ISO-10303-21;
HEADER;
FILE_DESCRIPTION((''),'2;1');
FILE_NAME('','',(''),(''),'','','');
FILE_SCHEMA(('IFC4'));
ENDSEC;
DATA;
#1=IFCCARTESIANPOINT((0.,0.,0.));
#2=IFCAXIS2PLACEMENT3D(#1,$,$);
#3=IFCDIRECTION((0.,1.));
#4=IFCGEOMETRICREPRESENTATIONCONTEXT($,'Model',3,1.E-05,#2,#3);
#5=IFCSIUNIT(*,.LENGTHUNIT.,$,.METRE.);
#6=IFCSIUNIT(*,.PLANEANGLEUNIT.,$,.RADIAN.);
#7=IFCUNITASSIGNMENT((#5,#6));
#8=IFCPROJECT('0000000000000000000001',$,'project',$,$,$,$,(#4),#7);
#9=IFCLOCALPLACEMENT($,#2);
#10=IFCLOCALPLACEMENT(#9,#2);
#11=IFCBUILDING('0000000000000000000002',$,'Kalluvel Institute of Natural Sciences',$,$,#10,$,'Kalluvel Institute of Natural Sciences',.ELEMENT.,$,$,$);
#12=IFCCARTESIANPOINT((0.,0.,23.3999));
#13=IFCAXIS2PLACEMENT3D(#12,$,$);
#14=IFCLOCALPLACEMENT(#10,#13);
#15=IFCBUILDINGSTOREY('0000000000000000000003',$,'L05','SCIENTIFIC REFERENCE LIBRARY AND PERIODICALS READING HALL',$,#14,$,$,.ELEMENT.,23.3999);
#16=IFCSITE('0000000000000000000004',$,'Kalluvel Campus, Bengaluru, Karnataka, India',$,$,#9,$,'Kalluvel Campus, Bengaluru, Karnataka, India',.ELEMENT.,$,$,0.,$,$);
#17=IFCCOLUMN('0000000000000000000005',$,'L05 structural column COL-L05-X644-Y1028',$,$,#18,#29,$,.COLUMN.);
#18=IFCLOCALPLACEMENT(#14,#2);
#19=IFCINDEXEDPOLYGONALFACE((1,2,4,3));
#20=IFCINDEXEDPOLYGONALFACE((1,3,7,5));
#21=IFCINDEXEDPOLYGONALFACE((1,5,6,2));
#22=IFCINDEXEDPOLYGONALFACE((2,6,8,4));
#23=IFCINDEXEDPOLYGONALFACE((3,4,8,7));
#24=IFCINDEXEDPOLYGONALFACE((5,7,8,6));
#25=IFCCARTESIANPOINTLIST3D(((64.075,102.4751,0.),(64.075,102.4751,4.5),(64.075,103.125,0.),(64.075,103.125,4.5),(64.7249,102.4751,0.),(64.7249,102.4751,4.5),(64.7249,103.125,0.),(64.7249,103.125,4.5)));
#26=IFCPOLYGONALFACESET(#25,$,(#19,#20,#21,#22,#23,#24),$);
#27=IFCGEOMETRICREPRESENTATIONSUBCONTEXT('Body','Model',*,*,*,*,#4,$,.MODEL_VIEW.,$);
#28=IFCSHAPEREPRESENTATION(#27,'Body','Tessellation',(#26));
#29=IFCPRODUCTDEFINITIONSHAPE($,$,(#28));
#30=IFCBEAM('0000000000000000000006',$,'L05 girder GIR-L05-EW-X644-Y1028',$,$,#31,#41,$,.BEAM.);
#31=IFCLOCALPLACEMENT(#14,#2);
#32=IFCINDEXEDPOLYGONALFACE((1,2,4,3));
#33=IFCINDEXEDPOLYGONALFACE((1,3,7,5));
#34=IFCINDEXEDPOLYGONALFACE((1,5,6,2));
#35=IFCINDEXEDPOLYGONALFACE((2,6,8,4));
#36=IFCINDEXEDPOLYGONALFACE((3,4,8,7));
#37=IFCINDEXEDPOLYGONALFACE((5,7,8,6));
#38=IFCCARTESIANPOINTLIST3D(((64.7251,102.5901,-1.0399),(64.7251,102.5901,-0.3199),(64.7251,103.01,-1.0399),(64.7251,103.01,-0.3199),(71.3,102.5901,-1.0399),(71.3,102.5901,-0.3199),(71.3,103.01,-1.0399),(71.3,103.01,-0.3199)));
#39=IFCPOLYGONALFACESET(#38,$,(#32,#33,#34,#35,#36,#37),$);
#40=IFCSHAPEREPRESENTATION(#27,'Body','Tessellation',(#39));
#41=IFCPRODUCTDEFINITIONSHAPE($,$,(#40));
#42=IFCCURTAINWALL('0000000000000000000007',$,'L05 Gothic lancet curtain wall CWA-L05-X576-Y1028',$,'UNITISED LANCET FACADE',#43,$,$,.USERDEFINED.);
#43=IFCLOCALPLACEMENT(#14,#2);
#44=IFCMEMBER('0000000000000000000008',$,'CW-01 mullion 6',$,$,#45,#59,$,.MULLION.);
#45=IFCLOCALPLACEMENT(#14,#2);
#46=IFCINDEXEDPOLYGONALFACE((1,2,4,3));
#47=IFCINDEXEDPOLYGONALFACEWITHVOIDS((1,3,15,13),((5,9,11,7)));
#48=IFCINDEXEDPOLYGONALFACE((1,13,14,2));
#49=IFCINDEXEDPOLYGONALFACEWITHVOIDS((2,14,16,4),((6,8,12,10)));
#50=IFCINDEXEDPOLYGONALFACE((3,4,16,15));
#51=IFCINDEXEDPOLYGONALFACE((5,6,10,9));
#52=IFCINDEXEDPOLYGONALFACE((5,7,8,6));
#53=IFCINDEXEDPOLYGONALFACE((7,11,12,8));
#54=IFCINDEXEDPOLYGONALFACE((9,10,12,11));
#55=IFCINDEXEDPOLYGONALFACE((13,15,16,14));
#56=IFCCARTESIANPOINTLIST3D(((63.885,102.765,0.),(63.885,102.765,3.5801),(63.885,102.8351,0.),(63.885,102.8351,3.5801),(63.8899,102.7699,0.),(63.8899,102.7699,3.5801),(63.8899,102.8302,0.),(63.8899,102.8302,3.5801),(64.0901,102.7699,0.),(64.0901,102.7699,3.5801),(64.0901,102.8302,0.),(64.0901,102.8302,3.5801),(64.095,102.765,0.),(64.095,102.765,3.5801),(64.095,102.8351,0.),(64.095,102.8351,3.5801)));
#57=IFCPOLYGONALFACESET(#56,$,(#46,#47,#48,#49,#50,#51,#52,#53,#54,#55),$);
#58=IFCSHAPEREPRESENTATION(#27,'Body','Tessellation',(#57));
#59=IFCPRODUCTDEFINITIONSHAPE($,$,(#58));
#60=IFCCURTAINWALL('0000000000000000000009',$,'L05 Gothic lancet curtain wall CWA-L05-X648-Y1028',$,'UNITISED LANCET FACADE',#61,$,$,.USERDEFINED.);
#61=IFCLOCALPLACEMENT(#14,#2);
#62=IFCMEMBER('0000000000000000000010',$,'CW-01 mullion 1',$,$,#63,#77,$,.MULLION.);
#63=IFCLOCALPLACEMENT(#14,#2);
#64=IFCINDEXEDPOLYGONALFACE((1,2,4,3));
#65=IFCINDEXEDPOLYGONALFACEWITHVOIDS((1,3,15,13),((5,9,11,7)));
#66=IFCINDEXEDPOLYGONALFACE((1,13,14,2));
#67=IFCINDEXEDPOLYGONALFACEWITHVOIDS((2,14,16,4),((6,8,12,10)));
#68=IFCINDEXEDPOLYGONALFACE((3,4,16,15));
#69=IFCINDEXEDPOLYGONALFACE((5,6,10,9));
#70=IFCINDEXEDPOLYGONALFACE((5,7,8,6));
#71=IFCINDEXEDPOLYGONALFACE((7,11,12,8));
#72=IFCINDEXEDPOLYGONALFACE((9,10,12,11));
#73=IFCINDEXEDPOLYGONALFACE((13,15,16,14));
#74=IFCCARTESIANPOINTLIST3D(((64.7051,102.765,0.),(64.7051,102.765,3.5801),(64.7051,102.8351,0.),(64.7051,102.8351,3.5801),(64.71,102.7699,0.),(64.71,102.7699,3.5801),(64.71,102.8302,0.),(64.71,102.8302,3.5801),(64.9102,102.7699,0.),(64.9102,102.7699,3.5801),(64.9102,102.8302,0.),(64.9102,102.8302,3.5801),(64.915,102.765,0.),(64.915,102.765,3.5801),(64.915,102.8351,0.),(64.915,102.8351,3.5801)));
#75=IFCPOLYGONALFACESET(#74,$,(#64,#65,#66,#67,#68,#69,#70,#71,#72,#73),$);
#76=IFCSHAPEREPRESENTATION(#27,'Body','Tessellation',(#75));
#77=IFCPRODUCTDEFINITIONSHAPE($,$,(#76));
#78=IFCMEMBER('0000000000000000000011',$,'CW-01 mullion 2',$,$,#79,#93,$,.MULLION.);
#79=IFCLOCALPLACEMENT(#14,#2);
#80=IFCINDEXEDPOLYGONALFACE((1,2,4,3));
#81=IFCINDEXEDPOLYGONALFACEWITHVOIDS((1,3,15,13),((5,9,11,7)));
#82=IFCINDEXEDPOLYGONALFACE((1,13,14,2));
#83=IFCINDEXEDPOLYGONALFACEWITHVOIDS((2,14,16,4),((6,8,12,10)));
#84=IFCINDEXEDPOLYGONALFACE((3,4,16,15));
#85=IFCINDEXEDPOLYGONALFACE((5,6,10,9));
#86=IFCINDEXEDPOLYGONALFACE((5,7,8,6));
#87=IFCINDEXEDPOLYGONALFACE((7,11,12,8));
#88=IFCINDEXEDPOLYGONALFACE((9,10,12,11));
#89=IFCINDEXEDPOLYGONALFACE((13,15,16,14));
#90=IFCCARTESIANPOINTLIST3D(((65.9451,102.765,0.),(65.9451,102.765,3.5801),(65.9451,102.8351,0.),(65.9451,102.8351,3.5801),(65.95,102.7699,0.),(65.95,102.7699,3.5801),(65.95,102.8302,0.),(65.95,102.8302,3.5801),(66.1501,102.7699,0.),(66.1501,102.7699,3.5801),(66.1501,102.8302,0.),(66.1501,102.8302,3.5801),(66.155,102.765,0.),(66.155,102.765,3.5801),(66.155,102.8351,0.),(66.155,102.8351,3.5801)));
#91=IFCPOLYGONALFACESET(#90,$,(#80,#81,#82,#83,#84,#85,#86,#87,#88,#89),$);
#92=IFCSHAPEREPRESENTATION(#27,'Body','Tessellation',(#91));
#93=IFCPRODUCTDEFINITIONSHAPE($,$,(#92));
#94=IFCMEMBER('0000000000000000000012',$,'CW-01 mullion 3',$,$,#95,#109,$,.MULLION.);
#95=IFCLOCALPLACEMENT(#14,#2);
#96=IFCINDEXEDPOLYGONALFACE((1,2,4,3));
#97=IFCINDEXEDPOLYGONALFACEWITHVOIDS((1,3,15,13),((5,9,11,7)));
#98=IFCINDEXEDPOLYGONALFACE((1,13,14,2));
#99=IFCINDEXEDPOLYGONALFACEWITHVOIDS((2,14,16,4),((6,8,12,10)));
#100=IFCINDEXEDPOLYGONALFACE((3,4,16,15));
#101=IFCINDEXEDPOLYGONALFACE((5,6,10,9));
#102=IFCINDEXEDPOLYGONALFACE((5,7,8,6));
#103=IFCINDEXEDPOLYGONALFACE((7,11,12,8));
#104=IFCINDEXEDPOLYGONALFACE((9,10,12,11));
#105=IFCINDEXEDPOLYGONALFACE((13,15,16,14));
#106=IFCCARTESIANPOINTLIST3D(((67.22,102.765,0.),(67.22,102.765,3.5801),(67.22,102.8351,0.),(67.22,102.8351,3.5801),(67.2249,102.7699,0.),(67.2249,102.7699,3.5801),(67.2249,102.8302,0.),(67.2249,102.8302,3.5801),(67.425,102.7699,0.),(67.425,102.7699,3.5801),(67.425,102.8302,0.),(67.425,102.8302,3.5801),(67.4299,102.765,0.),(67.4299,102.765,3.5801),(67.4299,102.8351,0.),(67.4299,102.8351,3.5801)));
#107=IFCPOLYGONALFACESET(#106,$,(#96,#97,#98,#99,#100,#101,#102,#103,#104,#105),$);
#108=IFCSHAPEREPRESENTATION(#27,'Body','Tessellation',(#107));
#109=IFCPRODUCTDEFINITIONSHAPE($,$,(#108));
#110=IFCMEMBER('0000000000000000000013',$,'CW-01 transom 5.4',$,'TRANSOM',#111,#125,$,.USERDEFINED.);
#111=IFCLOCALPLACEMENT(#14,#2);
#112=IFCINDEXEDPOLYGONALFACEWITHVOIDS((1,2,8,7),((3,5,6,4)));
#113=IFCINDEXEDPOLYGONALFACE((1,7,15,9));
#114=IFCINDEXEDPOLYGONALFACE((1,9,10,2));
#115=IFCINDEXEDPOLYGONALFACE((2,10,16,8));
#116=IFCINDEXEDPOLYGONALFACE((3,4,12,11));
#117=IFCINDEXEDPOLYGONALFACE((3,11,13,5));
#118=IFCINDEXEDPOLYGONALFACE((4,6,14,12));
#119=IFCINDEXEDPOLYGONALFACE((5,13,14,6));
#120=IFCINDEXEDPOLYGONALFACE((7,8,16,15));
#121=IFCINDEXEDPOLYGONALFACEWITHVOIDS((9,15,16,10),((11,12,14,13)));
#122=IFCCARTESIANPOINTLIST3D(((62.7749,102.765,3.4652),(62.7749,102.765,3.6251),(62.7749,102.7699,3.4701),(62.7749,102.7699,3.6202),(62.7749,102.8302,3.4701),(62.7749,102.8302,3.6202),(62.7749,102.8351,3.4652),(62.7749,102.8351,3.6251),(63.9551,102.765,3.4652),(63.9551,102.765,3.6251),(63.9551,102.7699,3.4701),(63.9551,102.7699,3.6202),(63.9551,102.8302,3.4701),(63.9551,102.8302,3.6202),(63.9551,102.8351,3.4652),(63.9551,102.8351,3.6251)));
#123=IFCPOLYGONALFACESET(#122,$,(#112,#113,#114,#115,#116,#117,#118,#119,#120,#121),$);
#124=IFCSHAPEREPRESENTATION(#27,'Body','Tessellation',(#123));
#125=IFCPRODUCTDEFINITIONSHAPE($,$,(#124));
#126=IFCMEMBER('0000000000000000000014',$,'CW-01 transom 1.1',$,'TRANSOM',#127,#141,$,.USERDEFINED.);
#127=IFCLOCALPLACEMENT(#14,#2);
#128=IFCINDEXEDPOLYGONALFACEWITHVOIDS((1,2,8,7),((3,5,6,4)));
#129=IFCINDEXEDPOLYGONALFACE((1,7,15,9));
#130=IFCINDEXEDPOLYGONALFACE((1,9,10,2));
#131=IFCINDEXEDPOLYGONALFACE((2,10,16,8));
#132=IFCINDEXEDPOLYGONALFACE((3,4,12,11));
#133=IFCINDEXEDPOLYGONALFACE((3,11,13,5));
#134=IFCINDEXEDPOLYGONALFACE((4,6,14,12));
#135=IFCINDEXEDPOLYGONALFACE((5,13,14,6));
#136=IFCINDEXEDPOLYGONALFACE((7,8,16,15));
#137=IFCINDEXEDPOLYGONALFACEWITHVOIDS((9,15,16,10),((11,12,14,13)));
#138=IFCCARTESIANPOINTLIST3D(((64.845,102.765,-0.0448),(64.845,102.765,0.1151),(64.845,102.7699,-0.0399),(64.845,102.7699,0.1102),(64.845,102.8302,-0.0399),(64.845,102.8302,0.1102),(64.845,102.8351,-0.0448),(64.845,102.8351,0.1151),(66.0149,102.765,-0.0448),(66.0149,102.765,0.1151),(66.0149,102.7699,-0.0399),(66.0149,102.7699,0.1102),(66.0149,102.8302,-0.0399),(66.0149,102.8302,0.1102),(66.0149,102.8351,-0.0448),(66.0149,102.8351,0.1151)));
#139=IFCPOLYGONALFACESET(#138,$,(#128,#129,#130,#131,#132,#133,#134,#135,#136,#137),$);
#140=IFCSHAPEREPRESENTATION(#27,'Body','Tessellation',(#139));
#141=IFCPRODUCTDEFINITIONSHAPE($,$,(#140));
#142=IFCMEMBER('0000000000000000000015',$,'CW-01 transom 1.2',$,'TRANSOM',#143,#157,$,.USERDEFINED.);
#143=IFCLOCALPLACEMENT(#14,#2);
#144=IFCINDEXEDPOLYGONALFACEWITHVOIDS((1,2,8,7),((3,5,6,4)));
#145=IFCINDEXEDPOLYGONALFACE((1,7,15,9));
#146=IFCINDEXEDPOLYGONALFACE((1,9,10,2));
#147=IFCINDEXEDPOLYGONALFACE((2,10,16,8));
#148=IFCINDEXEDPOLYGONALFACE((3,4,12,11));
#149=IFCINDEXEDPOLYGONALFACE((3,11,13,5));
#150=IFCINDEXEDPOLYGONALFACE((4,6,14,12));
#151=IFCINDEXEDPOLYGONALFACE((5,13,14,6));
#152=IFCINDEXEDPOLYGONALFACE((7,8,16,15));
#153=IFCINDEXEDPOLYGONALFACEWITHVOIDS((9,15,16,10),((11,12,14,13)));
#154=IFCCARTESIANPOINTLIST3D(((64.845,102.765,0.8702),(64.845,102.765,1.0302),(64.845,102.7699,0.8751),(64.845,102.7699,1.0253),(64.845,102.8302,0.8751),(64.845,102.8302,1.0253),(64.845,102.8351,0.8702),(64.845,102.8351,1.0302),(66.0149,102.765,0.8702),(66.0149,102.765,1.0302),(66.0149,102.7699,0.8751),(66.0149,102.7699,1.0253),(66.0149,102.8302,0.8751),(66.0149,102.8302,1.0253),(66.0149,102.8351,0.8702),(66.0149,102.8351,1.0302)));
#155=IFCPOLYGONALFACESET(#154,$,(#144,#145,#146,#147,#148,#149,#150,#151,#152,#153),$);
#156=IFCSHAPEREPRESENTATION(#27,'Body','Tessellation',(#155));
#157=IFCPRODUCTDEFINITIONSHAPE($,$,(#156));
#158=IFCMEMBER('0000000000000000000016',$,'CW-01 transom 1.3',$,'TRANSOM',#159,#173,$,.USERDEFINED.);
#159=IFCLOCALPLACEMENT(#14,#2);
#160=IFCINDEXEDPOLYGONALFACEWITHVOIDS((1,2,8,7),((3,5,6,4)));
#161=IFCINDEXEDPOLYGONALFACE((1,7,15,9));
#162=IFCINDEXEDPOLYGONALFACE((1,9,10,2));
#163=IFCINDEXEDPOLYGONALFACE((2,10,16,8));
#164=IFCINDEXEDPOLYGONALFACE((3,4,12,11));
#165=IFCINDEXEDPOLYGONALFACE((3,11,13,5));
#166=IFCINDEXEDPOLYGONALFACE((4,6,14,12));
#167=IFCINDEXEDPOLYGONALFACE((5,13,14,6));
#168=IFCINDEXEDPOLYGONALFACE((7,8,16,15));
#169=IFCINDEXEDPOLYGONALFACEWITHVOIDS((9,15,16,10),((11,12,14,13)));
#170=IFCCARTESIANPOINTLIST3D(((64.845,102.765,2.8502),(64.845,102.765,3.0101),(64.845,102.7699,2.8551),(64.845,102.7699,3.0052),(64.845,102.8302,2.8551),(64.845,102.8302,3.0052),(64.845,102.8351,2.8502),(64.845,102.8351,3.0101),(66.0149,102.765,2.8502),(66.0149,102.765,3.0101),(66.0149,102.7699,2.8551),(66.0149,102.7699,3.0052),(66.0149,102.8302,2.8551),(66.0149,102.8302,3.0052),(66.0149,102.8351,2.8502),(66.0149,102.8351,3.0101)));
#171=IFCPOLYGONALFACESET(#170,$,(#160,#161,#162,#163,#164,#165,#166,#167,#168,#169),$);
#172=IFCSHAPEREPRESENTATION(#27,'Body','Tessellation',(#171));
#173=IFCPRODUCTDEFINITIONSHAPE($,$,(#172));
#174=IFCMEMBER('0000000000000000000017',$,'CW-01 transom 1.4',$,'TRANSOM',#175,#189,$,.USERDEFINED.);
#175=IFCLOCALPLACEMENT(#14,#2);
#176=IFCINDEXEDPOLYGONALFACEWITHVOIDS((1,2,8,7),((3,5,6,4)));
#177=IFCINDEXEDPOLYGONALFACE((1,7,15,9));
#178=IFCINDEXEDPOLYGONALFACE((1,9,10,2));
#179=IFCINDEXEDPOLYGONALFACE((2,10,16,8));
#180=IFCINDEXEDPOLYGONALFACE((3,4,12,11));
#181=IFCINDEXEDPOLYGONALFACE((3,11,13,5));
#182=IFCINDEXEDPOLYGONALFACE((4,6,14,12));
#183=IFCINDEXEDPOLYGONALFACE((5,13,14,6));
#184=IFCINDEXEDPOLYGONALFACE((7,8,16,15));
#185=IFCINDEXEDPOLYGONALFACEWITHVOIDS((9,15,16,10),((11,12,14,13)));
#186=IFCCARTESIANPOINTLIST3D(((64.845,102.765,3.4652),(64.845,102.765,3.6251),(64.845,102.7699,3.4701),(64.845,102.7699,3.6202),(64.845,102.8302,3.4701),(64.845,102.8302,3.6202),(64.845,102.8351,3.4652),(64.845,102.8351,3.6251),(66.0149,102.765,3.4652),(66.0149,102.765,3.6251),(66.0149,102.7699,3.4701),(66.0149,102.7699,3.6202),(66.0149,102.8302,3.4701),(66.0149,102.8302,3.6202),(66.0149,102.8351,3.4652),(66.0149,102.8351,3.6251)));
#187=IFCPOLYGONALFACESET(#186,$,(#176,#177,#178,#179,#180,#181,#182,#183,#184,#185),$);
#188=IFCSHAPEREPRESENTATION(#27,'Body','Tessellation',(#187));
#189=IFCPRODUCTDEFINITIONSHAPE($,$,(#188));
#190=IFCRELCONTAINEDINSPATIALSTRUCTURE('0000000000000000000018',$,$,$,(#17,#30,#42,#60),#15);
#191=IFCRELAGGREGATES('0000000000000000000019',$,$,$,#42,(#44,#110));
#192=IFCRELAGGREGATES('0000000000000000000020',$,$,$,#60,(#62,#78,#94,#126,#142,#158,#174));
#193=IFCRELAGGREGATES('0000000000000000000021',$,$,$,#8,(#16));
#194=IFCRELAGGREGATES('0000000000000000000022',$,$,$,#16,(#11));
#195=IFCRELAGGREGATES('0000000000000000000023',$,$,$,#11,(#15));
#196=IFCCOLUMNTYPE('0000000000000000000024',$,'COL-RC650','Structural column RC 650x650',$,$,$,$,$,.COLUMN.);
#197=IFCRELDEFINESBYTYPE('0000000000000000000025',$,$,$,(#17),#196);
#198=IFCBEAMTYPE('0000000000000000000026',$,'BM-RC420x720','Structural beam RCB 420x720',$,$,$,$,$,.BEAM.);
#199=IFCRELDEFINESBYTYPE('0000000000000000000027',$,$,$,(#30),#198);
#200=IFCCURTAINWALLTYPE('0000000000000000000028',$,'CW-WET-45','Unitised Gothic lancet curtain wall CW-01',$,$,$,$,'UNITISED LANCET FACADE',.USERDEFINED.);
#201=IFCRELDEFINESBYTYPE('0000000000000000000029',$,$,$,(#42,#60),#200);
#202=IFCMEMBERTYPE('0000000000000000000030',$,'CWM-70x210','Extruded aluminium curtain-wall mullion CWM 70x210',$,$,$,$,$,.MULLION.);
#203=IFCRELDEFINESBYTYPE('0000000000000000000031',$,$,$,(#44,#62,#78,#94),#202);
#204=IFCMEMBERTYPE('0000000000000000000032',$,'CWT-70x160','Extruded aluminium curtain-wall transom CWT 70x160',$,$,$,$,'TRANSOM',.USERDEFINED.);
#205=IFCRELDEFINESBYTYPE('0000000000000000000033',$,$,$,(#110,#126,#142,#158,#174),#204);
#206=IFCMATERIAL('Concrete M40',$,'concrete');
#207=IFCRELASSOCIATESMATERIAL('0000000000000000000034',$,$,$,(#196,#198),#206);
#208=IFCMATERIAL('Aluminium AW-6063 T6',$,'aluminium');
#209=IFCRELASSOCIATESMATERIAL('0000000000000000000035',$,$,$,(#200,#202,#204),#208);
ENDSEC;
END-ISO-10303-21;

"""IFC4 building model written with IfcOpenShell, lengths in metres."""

from ifc_helpers import new_model, si_unit, direction, frame, origin, origin_2d, place, context, subcontext, project, spatial, rectangle, hollow_rectangle, extrude, material, material_profile, profile_set, type_object, element, aggregate, save


model = new_model("IFC4")

# Units and contexts
model_context = context("Model", 3, precision=1e-05, world=origin(), true_north=direction((0.0, 1.0)))
body_context = subcontext(model_context, "Body", "Model", "MODEL_VIEW")
ifc_project = project(units=[si_unit("LENGTHUNIT", "METRE"), si_unit("PLANEANGLEUNIT", "RADIAN")], contexts=[model_context])

# Site, building, storey
site_placement = place(None, origin())
site = spatial("IfcSite", under=ifc_project, at=site_placement, Name="Kalluvel Campus, Bengaluru, Karnataka, India", LongName="Kalluvel Campus, Bengaluru, Karnataka, India", CompositionType="ELEMENT", RefElevation=0.0)
building_placement = place(site_placement, origin())
building = spatial("IfcBuilding", under=site, at=building_placement, Name="Kalluvel Institute of Natural Sciences", LongName="Kalluvel Institute of Natural Sciences", CompositionType="ELEMENT")
storey_placement = place(building_placement, frame((0.0, 0.0, 23.3999)))
storey = spatial("IfcBuildingStorey", under=building, at=storey_placement, Name="L05", Description="SCIENTIFIC REFERENCE LIBRARY AND PERIODICALS READING HALL", CompositionType="ELEMENT", Elevation=23.3999)

# Column
ifc_material_1 = material(Name="Concrete M40", Category="concrete")
ifc_material_profile_1 = material_profile(ifc_material_1, rectangle(XDim=0.6499, YDim=0.6499, at=origin_2d()), Name="RC 650x650")
ifc_profile_set_1 = profile_set([ifc_material_profile_1], Name="Concrete M40")
column_type = type_object("IfcColumnType", Name="COL-RC650", Description="Structural column RC 650x650", PredefinedType="COLUMN", material=ifc_profile_set_1)
column_placement = place(storey_placement, frame((64.3999, 102.8, 0.0), z_axis=(0.0, 0.0, 1.0), x_axis=(1.0, 0.0, 0.0)))
element("IfcColumn", 1, at=column_placement, inside=storey, type_object=column_type, Name="L05 structural column COL-L05-X644-Y1028", PredefinedType="COLUMN", context=body_context, shape_type="SweptSolid", body=[
    extrude(rectangle(XDim=0.6499, YDim=0.6499, at=origin_2d()), origin(), (0.0, 0.0, 1.0), 4.5),
])

# Beam
ifc_material_profile_2 = material_profile(ifc_material_1, rectangle(XDim=0.4199, YDim=0.72, at=origin_2d()), Name="RCB 420x720")
ifc_profile_set_2 = profile_set([ifc_material_profile_2], Name="Concrete M40")
beam_type = type_object("IfcBeamType", Name="BM-RC420x720", Description="Structural beam RCB 420x720", PredefinedType="BEAM", material=ifc_profile_set_2)
beam_placement = place(storey_placement, frame((64.7251, 102.8, -0.6799), z_axis=(1.0, 0.0, 0.0), x_axis=(0.0, 1.0, 0.0)))
element("IfcBeam", 2, at=beam_placement, inside=storey, type_object=beam_type, Name="L05 girder GIR-L05-EW-X644-Y1028", PredefinedType="BEAM", context=body_context, shape_type="SweptSolid", body=[
    extrude(rectangle(XDim=0.4199, YDim=0.72, at=origin_2d()), origin(), (0.0, 0.0, 1.0), 6.575),
])

# Curtain wall, member
ifc_material_2 = material(Name="Aluminium AW-6063 T6", Category="aluminium")
curtain_wall_type = type_object("IfcCurtainWallType", Name="CW-WET-45", Description="Unitised Gothic lancet curtain wall CW-01", ElementType="UNITISED LANCET FACADE", PredefinedType="USERDEFINED", material=ifc_material_2)
curtain_wall_1_placement = place(storey_placement, origin())
curtain_wall_1 = element("IfcCurtainWall", 3, at=curtain_wall_1_placement, inside=storey, type_object=curtain_wall_type, Name="L05 Gothic lancet curtain wall CWA-L05-X576-Y1028", ObjectType="UNITISED LANCET FACADE", PredefinedType="USERDEFINED")
ifc_material_profile_3 = material_profile(ifc_material_2, hollow_rectangle(XDim=0.0701, YDim=0.21, WallThickness=0.0049, at=origin_2d()), Name="CWM 70x210")
ifc_profile_set_3 = profile_set([ifc_material_profile_3], Name="Aluminium AW-6063 T6")
member_type_1 = type_object("IfcMemberType", Name="CWM-70x210", Description="Extruded aluminium curtain-wall mullion CWM 70x210", PredefinedType="MULLION", material=ifc_profile_set_3)
member_1_placement = place(storey_placement, frame((63.99, 102.8, 0.0), z_axis=(0.0, 0.0, 1.0), x_axis=(0.0, 1.0, 0.0)))
member_1 = element("IfcMember", 4, at=member_1_placement, type_object=member_type_1, Name="CW-01 mullion 6", PredefinedType="MULLION", context=body_context, shape_type="SweptSolid", body=[
    extrude(hollow_rectangle(XDim=0.0701, YDim=0.21, WallThickness=0.0049, at=origin_2d()), origin(), (0.0, 0.0, 1.0), 3.5801),
])

# Curtain wall, members
curtain_wall_2_placement = place(storey_placement, origin())
curtain_wall_2 = element("IfcCurtainWall", 5, at=curtain_wall_2_placement, inside=storey, type_object=curtain_wall_type, Name="L05 Gothic lancet curtain wall CWA-L05-X648-Y1028", ObjectType="UNITISED LANCET FACADE", PredefinedType="USERDEFINED")
member_2_placement = place(storey_placement, frame((64.8101, 102.8, 0.0), z_axis=(0.0, 0.0, 1.0), x_axis=(0.0, 1.0, 0.0)))
member_2 = element("IfcMember", 6, at=member_2_placement, type_object=member_type_1, Name="CW-01 mullion 1", PredefinedType="MULLION", context=body_context, shape_type="SweptSolid", body=[
    extrude(hollow_rectangle(XDim=0.0701, YDim=0.21, WallThickness=0.0049, at=origin_2d()), origin(), (0.0, 0.0, 1.0), 3.5801),
])
member_3_placement = place(storey_placement, frame((66.05, 102.8, 0.0), z_axis=(0.0, 0.0, 1.0), x_axis=(0.0, 1.0, 0.0)))
member_3 = element("IfcMember", 7, at=member_3_placement, type_object=member_type_1, Name="CW-01 mullion 2", PredefinedType="MULLION", context=body_context, shape_type="SweptSolid", body=[
    extrude(hollow_rectangle(XDim=0.0701, YDim=0.21, WallThickness=0.0049, at=origin_2d()), origin(), (0.0, 0.0, 1.0), 3.5801),
])
member_4_placement = place(storey_placement, frame((67.325, 102.8, 0.0), z_axis=(0.0, 0.0, 1.0), x_axis=(0.0, 1.0, 0.0)))
member_4 = element("IfcMember", 8, at=member_4_placement, type_object=member_type_1, Name="CW-01 mullion 3", PredefinedType="MULLION", context=body_context, shape_type="SweptSolid", body=[
    extrude(hollow_rectangle(XDim=0.0701, YDim=0.21, WallThickness=0.0049, at=origin_2d()), origin(), (0.0, 0.0, 1.0), 3.5801),
])

# Members
ifc_material_profile_4 = material_profile(ifc_material_2, hollow_rectangle(XDim=0.0701, YDim=0.1599, WallThickness=0.0049, at=origin_2d()), Name="CWT 70x160")
ifc_profile_set_4 = profile_set([ifc_material_profile_4], Name="Aluminium AW-6063 T6")
member_type_2 = type_object("IfcMemberType", Name="CWT-70x160", Description="Extruded aluminium curtain-wall transom CWT 70x160", ElementType="TRANSOM", PredefinedType="USERDEFINED", material=ifc_profile_set_4)
member_5_placement = place(storey_placement, frame((62.7749, 102.8, 3.5452), z_axis=(1.0, 0.0, 0.0), x_axis=(0.0, 1.0, 0.0)))
member_5 = element("IfcMember", 9, at=member_5_placement, type_object=member_type_2, Name="CW-01 transom 5.4", ObjectType="TRANSOM", PredefinedType="USERDEFINED", context=body_context, shape_type="SweptSolid", body=[
    extrude(hollow_rectangle(XDim=0.0701, YDim=0.1599, WallThickness=0.0049, at=origin_2d()), origin(), (0.0, 0.0, 1.0), 1.1802),
])
member_6_placement = place(storey_placement, frame((64.845, 102.8, 0.0352), z_axis=(1.0, 0.0, 0.0), x_axis=(0.0, 1.0, 0.0)))
member_6 = element("IfcMember", 10, at=member_6_placement, type_object=member_type_2, Name="CW-01 transom 1.1", ObjectType="TRANSOM", PredefinedType="USERDEFINED", context=body_context, shape_type="SweptSolid", body=[
    extrude(hollow_rectangle(XDim=0.0701, YDim=0.1599, WallThickness=0.0049, at=origin_2d()), origin(), (0.0, 0.0, 1.0), 1.1699),
])
member_7_placement = place(storey_placement, frame((64.845, 102.8, 0.9502), z_axis=(1.0, 0.0, 0.0), x_axis=(0.0, 1.0, 0.0)))
member_7 = element("IfcMember", 11, at=member_7_placement, type_object=member_type_2, Name="CW-01 transom 1.2", ObjectType="TRANSOM", PredefinedType="USERDEFINED", context=body_context, shape_type="SweptSolid", body=[
    extrude(hollow_rectangle(XDim=0.0701, YDim=0.1599, WallThickness=0.0049, at=origin_2d()), origin(), (0.0, 0.0, 1.0), 1.1699),
])
member_8_placement = place(storey_placement, frame((64.845, 102.8, 2.9302), z_axis=(1.0, 0.0, 0.0), x_axis=(0.0, 1.0, 0.0)))
member_8 = element("IfcMember", 12, at=member_8_placement, type_object=member_type_2, Name="CW-01 transom 1.3", ObjectType="TRANSOM", PredefinedType="USERDEFINED", context=body_context, shape_type="SweptSolid", body=[
    extrude(hollow_rectangle(XDim=0.0701, YDim=0.1599, WallThickness=0.0049, at=origin_2d()), origin(), (0.0, 0.0, 1.0), 1.1699),
])
member_9_placement = place(storey_placement, frame((64.845, 102.8, 3.5452), z_axis=(1.0, 0.0, 0.0), x_axis=(0.0, 1.0, 0.0)))
member_9 = element("IfcMember", 13, at=member_9_placement, type_object=member_type_2, Name="CW-01 transom 1.4", ObjectType="TRANSOM", PredefinedType="USERDEFINED", context=body_context, shape_type="SweptSolid", body=[
    extrude(hollow_rectangle(XDim=0.0701, YDim=0.1599, WallThickness=0.0049, at=origin_2d()), origin(), (0.0, 0.0, 1.0), 1.1699),
])

aggregate(curtain_wall_1, [member_1, member_5])
aggregate(curtain_wall_2, [member_2, member_3, member_4, member_6, member_7, member_8, member_9])

save(model, "model.ifc")
